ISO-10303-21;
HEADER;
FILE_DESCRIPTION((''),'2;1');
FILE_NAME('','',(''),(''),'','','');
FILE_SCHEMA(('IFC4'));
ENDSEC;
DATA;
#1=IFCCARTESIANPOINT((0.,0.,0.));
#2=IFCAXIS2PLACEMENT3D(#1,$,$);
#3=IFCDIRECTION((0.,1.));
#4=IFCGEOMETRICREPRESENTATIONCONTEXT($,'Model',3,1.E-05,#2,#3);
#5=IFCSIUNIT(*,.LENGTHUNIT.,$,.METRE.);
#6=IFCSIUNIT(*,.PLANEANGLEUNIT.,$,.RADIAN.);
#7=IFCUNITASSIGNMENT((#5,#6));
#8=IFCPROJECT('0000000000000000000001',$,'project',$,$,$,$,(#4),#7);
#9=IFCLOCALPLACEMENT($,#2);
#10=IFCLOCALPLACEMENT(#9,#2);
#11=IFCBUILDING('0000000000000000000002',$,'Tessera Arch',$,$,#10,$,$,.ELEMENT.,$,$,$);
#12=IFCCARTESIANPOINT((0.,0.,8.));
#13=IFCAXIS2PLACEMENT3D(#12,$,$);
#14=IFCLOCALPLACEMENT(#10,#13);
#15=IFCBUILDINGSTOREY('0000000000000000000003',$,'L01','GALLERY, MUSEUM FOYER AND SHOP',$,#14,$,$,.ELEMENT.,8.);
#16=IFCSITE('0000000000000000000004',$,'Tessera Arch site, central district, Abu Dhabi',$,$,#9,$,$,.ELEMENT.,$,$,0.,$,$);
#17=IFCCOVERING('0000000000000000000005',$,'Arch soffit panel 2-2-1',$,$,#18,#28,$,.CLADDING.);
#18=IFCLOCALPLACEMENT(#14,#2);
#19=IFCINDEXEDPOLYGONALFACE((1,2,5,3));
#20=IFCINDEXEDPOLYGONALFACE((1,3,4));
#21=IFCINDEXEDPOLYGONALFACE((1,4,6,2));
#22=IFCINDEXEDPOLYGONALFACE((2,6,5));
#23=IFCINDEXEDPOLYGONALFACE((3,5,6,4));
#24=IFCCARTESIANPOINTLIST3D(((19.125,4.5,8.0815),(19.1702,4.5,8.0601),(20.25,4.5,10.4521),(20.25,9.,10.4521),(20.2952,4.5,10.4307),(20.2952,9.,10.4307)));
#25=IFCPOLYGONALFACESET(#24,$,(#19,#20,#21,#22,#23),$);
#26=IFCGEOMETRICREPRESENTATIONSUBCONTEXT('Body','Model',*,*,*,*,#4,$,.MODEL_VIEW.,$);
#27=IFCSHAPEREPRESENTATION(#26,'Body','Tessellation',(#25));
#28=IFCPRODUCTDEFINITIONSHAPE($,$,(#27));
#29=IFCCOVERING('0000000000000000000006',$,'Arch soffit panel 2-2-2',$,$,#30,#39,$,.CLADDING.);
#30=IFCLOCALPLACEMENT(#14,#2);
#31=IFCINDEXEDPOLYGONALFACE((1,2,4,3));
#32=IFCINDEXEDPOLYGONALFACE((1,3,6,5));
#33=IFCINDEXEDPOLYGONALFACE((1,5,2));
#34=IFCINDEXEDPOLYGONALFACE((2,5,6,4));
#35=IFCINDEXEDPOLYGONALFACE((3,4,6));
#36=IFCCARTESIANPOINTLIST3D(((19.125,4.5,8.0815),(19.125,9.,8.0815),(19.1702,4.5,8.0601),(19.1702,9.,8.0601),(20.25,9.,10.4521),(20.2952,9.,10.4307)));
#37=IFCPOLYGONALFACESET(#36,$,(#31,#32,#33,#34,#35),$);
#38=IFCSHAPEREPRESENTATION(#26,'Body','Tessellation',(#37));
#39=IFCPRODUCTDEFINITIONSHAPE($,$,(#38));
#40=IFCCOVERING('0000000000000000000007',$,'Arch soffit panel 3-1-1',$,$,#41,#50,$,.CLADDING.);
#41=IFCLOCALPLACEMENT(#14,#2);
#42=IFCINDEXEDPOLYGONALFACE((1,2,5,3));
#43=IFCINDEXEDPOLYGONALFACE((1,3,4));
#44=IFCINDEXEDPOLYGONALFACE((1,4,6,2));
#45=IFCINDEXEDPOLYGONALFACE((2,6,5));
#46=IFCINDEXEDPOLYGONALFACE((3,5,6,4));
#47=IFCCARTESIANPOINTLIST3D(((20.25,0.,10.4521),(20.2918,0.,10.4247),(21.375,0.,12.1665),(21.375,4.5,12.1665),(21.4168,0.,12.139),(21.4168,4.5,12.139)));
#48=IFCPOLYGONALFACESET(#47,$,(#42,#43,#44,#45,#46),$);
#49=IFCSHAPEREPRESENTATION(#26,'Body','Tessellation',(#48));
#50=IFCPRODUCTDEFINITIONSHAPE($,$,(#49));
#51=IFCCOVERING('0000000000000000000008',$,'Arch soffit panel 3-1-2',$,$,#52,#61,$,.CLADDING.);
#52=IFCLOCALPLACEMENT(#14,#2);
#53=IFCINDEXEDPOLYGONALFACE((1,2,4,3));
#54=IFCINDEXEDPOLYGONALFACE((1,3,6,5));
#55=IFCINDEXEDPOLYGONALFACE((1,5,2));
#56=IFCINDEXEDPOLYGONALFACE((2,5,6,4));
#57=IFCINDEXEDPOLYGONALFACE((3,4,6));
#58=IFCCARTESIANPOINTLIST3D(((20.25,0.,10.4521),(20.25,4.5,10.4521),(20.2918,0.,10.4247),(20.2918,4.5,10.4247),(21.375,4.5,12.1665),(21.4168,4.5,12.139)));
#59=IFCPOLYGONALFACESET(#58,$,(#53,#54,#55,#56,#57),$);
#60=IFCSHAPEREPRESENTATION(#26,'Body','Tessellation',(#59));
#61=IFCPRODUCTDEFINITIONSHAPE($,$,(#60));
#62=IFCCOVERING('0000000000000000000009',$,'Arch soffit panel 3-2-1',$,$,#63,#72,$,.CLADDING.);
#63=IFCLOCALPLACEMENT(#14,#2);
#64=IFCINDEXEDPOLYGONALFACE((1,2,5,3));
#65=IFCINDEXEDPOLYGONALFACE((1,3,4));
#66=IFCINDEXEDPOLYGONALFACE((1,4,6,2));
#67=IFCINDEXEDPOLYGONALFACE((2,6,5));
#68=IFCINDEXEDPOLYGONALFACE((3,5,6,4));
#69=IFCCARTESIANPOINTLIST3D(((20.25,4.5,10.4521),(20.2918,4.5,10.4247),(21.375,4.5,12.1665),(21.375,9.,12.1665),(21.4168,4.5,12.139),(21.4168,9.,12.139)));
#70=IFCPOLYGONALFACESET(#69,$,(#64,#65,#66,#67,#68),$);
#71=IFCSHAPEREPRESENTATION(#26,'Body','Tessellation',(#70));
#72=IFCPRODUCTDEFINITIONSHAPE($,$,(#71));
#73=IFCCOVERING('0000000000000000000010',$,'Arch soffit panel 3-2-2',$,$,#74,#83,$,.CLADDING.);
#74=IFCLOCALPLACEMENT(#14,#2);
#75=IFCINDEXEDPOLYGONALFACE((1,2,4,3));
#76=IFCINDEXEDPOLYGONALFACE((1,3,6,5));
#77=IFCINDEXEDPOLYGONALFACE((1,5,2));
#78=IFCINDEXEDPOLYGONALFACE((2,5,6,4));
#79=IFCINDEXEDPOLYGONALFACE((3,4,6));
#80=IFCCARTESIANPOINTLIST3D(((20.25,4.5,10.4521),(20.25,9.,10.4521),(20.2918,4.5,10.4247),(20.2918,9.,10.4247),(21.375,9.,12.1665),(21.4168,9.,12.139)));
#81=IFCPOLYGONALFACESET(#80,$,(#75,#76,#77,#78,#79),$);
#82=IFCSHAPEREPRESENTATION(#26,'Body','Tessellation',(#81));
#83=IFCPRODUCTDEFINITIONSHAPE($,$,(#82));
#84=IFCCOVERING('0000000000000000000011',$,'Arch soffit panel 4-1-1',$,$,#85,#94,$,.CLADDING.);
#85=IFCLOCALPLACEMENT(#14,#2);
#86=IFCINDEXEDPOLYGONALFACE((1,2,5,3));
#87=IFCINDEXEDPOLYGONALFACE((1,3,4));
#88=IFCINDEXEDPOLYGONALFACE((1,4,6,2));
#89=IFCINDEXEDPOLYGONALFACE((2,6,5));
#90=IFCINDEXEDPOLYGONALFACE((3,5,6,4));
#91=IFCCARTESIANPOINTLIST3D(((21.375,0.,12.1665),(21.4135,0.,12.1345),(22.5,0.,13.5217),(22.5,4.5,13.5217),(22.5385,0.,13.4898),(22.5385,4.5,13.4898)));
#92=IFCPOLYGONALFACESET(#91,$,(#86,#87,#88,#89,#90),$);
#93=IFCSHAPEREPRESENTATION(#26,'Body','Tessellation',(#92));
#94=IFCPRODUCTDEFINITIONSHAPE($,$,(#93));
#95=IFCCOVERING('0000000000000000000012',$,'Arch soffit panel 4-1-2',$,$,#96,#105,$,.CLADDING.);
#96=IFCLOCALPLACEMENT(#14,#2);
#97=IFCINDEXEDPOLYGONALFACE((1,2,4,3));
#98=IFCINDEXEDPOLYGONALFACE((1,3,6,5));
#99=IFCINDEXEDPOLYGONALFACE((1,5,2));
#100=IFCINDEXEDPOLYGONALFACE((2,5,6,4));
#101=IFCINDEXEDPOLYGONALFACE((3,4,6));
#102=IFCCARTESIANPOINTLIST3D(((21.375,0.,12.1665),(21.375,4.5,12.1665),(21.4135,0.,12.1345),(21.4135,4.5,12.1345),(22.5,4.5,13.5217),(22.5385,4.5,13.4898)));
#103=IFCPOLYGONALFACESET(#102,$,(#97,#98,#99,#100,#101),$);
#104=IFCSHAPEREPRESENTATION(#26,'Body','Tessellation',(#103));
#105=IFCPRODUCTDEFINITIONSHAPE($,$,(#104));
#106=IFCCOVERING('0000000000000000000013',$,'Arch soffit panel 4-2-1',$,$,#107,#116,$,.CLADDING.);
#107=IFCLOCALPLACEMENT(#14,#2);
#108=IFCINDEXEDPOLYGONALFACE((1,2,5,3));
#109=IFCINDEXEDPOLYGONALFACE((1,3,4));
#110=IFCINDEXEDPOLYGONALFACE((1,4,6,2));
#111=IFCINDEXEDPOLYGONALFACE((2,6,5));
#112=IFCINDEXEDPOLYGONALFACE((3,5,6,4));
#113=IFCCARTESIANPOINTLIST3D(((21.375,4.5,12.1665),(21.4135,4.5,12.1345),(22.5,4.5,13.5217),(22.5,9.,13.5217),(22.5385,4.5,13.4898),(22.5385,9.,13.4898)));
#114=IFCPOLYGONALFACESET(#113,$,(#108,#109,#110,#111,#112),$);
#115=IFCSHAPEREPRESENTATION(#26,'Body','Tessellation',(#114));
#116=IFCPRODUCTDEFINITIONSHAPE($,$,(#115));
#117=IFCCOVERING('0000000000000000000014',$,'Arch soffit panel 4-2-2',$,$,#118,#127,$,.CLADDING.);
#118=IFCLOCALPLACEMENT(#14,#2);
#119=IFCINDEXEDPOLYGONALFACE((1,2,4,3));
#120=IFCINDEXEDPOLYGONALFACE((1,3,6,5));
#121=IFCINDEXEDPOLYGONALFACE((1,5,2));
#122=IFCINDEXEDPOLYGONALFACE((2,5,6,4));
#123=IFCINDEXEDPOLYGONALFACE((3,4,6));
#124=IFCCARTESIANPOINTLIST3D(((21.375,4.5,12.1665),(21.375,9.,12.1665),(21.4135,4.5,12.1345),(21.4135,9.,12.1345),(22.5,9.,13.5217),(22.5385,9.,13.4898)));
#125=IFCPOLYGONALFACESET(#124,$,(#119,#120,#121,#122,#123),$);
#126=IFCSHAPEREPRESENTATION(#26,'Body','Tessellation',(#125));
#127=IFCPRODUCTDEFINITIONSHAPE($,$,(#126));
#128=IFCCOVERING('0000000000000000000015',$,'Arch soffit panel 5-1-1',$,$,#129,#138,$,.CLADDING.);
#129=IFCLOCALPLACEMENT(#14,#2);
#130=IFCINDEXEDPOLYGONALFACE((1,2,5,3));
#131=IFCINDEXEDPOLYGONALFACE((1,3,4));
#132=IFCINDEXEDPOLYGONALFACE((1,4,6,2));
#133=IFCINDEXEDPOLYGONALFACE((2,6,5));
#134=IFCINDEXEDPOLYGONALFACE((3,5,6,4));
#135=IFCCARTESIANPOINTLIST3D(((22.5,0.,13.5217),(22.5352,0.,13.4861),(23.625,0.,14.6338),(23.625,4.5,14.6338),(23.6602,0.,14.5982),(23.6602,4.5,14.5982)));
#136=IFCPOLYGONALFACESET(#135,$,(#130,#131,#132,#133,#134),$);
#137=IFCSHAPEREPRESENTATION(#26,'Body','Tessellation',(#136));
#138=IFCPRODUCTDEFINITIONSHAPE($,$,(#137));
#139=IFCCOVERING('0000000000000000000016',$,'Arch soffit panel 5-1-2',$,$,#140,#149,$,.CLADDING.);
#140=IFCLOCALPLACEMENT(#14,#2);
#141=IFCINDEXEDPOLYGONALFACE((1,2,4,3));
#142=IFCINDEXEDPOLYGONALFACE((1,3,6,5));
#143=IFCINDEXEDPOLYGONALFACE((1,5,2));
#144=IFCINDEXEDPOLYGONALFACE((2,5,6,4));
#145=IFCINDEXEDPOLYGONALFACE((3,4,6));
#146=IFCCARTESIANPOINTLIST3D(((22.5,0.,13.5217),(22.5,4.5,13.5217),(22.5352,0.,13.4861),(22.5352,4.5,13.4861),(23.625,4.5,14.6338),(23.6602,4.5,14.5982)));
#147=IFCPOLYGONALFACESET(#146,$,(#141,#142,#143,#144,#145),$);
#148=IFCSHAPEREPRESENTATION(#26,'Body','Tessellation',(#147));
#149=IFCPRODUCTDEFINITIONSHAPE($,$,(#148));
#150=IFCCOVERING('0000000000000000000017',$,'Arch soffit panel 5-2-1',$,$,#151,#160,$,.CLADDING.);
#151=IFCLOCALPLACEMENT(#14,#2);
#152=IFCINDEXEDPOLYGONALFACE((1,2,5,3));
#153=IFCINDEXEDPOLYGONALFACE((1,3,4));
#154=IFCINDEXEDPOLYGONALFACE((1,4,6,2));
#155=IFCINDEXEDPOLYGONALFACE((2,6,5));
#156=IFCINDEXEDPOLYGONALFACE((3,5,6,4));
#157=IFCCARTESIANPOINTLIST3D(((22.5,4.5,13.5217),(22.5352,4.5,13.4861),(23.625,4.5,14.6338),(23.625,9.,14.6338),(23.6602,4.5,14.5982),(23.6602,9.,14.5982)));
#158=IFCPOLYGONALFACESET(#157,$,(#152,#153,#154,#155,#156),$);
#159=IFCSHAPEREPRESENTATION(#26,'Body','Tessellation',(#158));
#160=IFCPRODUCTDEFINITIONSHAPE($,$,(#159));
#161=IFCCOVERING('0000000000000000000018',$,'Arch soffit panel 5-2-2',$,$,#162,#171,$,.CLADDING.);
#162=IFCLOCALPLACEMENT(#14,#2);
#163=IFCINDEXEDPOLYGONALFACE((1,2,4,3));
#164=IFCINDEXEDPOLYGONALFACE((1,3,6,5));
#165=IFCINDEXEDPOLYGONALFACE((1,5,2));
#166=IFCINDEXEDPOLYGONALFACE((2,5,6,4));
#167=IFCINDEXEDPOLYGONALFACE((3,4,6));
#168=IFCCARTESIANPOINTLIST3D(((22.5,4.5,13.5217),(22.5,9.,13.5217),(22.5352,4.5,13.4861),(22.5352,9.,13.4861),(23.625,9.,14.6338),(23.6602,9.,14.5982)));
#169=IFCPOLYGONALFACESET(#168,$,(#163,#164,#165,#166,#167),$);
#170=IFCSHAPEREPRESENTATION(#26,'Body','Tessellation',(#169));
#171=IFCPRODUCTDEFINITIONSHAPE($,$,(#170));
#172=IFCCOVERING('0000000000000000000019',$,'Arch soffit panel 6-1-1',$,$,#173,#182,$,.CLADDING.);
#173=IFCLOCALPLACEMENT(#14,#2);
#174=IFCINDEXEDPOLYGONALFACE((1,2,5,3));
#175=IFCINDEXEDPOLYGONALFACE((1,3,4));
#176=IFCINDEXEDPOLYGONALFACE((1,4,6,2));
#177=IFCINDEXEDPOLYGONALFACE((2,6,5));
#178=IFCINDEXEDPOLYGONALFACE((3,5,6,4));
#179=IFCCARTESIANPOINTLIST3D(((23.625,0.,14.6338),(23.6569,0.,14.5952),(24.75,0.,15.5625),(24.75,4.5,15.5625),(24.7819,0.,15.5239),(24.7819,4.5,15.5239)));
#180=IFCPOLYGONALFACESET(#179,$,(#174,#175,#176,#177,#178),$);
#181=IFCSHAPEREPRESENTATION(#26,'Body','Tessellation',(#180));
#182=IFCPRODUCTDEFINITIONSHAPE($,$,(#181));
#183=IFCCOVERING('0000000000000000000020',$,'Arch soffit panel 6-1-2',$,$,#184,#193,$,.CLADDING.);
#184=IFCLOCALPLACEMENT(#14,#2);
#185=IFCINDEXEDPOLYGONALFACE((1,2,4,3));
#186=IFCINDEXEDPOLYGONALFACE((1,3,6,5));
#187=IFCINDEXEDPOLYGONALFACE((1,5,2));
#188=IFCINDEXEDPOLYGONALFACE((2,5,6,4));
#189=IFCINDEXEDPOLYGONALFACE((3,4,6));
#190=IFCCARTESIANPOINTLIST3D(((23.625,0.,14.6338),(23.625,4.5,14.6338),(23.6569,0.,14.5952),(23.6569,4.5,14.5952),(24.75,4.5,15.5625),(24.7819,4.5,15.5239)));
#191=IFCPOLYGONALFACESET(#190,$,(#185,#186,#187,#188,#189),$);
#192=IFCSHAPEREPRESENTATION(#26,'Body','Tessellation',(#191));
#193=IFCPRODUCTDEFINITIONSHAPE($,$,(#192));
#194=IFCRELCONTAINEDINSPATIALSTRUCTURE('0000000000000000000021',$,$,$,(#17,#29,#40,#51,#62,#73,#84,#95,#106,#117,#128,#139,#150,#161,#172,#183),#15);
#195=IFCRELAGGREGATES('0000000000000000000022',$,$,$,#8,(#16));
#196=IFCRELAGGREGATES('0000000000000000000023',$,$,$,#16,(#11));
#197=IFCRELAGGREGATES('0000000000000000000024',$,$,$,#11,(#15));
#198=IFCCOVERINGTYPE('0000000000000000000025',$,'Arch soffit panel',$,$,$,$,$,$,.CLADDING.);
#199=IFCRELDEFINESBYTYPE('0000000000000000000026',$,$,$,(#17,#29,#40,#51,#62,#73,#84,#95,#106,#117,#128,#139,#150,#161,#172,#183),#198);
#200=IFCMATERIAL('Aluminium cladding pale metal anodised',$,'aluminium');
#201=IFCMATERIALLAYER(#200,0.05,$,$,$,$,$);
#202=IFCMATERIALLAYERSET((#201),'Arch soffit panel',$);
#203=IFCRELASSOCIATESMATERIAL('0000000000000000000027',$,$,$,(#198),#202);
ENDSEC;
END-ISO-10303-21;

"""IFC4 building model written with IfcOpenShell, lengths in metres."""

from ifc_helpers import new_model, si_unit, direction, frame, origin, place, context, subcontext, project, spatial, polyline, outline, extrude, material, layer, layer_set, type_object, element, save


model = new_model("IFC4")

# Units and contexts
model_context = context("Model", 3, precision=1e-05, world=origin(), true_north=direction((0.0, 1.0)))
body_context = subcontext(model_context, "Body", "Model", "MODEL_VIEW")
ifc_project = project(units=[si_unit("LENGTHUNIT", "METRE"), si_unit("PLANEANGLEUNIT", "RADIAN")], contexts=[model_context])

# Site, building, storey
site_placement = place(None, origin())
site = spatial("IfcSite", under=ifc_project, at=site_placement, Name="Tessera Arch site, central district, Abu Dhabi", CompositionType="ELEMENT", RefElevation=0.0)
building_placement = place(site_placement, origin())
building = spatial("IfcBuilding", under=site, at=building_placement, Name="Tessera Arch", CompositionType="ELEMENT")
storey_placement = place(building_placement, frame((0.0, 0.0, 8.0)))
storey = spatial("IfcBuildingStorey", under=building, at=storey_placement, Name="L01", Description="GALLERY, MUSEUM FOYER AND SHOP", CompositionType="ELEMENT", Elevation=8.0)

# Coverings
ifc_material = material(Name="Aluminium cladding pale metal anodised", Category="aluminium")
ifc_layer = layer(ifc_material, 0.05)
ifc_layer_set = layer_set([ifc_layer], Name="Arch soffit panel")
covering_type = type_object("IfcCoveringType", Name="Arch soffit panel", PredefinedType="CLADDING", material=ifc_layer_set)
covering_1_placement = place(storey_placement, frame((19.125, 4.5, 8.0815), z_axis=(-0.903431, 0.0, 0.428734), x_axis=(0.428734, 0.0, 0.903431)))
element("IfcCovering", 1, at=covering_1_placement, inside=storey, type_object=covering_type, Name="Arch soffit panel 2-2-1", PredefinedType="CLADDING", context=body_context, shape_type="SweptSolid", body=[
    extrude(outline(polyline([(0.0, 0.0), (2.624, 0.0), (2.624, 4.5), (0.0, 0.0)])), origin(), (0.0, 0.0, -1.0), 0.05),
])
covering_2_placement = place(storey_placement, frame((19.125, 4.5, 8.0815), z_axis=(-0.903431, 0.0, 0.428734), x_axis=(0.215966, 0.863862, 0.455084)))
element("IfcCovering", 2, at=covering_2_placement, inside=storey, type_object=covering_type, Name="Arch soffit panel 2-2-2", PredefinedType="CLADDING", context=body_context, shape_type="SweptSolid", body=[
    extrude(outline(polyline([(0.0, 0.0), (5.2092, 0.0), (3.8874, 2.2668), (0.0, 0.0)])), origin(), (0.0, 0.0, -1.0), 0.05),
])
covering_3_placement = place(storey_placement, frame((20.25, 0.0, 10.4521), z_axis=(-0.836058, 0.0, 0.548641), x_axis=(0.548641, 0.0, 0.836058)))
element("IfcCovering", 3, at=covering_3_placement, inside=storey, type_object=covering_type, Name="Arch soffit panel 3-1-1", PredefinedType="CLADDING", context=body_context, shape_type="SweptSolid", body=[
    extrude(outline(polyline([(0.0, 0.0), (2.0505, 0.0), (2.0505, 4.5), (0.0, 0.0)])), origin(), (0.0, 0.0, -1.0), 0.05),
])
covering_4_placement = place(storey_placement, frame((20.25, 0.0, 10.4521), z_axis=(-0.836058, 0.0, 0.548641), x_axis=(0.227495, 0.90998, 0.346673)))
element("IfcCovering", 4, at=covering_4_placement, inside=storey, type_object=covering_type, Name="Arch soffit panel 3-1-2", PredefinedType="CLADDING", context=body_context, shape_type="SweptSolid", body=[
    extrude(outline(polyline([(0.0, 0.0), (4.9452, 0.0), (4.0949, 1.8659), (0.0, 0.0)])), origin(), (0.0, 0.0, -1.0), 0.05),
])
covering_5_placement = place(storey_placement, frame((20.25, 4.5, 10.4521), z_axis=(-0.836058, 0.0, 0.548641), x_axis=(0.548641, 0.0, 0.836058)))
element("IfcCovering", 5, at=covering_5_placement, inside=storey, type_object=covering_type, Name="Arch soffit panel 3-2-1", PredefinedType="CLADDING", context=body_context, shape_type="SweptSolid", body=[
    extrude(outline(polyline([(0.0, 0.0), (2.0505, 0.0), (2.0505, 4.5), (0.0, 0.0)])), origin(), (0.0, 0.0, -1.0), 0.05),
])
covering_6_placement = place(storey_placement, frame((20.25, 4.5, 10.4521), z_axis=(-0.836058, 0.0, 0.548641), x_axis=(0.227495, 0.90998, 0.346673)))
element("IfcCovering", 6, at=covering_6_placement, inside=storey, type_object=covering_type, Name="Arch soffit panel 3-2-2", PredefinedType="CLADDING", context=body_context, shape_type="SweptSolid", body=[
    extrude(outline(polyline([(0.0, 0.0), (4.9452, 0.0), (4.0949, 1.8659), (0.0, 0.0)])), origin(), (0.0, 0.0, -1.0), 0.05),
])
covering_7_placement = place(storey_placement, frame((21.375, 0.0, 12.1665), z_axis=(-0.769436, 0.0, 0.638724), x_axis=(0.638724, 0.0, 0.769436)))
element("IfcCovering", 7, at=covering_7_placement, inside=storey, type_object=covering_type, Name="Arch soffit panel 4-1-1", PredefinedType="CLADDING", context=body_context, shape_type="SweptSolid", body=[
    extrude(outline(polyline([(0.0, 0.0), (1.7613, 0.0), (1.7613, 4.5), (0.0, 0.0)])), origin(), (0.0, 0.0, -1.0), 0.05),
])
covering_8_placement = place(storey_placement, frame((21.375, 0.0, 12.1665), z_axis=(-0.769436, 0.0, 0.638724), x_axis=(0.232803, 0.931211, 0.280444)))
element("IfcCovering", 8, at=covering_8_placement, inside=storey, type_object=covering_type, Name="Arch soffit panel 4-1-2", PredefinedType="CLADDING", context=body_context, shape_type="SweptSolid", body=[
    extrude(outline(polyline([(0.0, 0.0), (4.8324, 0.0), (4.1904, 1.6402), (0.0, 0.0)])), origin(), (0.0, 0.0, -1.0), 0.05),
])
covering_9_placement = place(storey_placement, frame((21.375, 4.5, 12.1665), z_axis=(-0.769436, 0.0, 0.638724), x_axis=(0.638724, 0.0, 0.769436)))
element("IfcCovering", 9, at=covering_9_placement, inside=storey, type_object=covering_type, Name="Arch soffit panel 4-2-1", PredefinedType="CLADDING", context=body_context, shape_type="SweptSolid", body=[
    extrude(outline(polyline([(0.0, 0.0), (1.7613, 0.0), (1.7613, 4.5), (0.0, 0.0)])), origin(), (0.0, 0.0, -1.0), 0.05),
])
covering_10_placement = place(storey_placement, frame((21.375, 4.5, 12.1665), z_axis=(-0.769436, 0.0, 0.638724), x_axis=(0.232803, 0.931211, 0.280444)))
element("IfcCovering", 10, at=covering_10_placement, inside=storey, type_object=covering_type, Name="Arch soffit panel 4-2-2", PredefinedType="CLADDING", context=body_context, shape_type="SweptSolid", body=[
    extrude(outline(polyline([(0.0, 0.0), (4.8324, 0.0), (4.1904, 1.6402), (0.0, 0.0)])), origin(), (0.0, 0.0, -1.0), 0.05),
])
covering_11_placement = place(storey_placement, frame((22.5, 0.0, 13.5217), z_axis=(-0.703005, 0.0, 0.711185), x_axis=(0.711185, 0.0, 0.703005)))
element("IfcCovering", 11, at=covering_11_placement, inside=storey, type_object=covering_type, Name="Arch soffit panel 5-1-1", PredefinedType="CLADDING", context=body_context, shape_type="SweptSolid", body=[
    extrude(outline(polyline([(0.0, 0.0), (1.5819, 0.0), (1.5819, 4.5), (0.0, 0.0)])), origin(), (0.0, 0.0, -1.0), 0.05),
])
covering_12_placement = place(storey_placement, frame((22.5, 0.0, 13.5217), z_axis=(-0.703005, 0.0, 0.711185), x_axis=(0.235852, 0.943409, 0.233139)))
element("IfcCovering", 12, at=covering_12_placement, inside=storey, type_object=covering_type, Name="Arch soffit panel 5-1-2", PredefinedType="CLADDING", context=body_context, shape_type="SweptSolid", body=[
    extrude(outline(polyline([(0.0, 0.0), (4.7699, 0.0), (4.2453, 1.4923), (0.0, 0.0)])), origin(), (0.0, 0.0, -1.0), 0.05),
])
covering_13_placement = place(storey_placement, frame((22.5, 4.5, 13.5217), z_axis=(-0.703005, 0.0, 0.711185), x_axis=(0.711185, 0.0, 0.703005)))
element("IfcCovering", 13, at=covering_13_placement, inside=storey, type_object=covering_type, Name="Arch soffit panel 5-2-1", PredefinedType="CLADDING", context=body_context, shape_type="SweptSolid", body=[
    extrude(outline(polyline([(0.0, 0.0), (1.5819, 0.0), (1.5819, 4.5), (0.0, 0.0)])), origin(), (0.0, 0.0, -1.0), 0.05),
])
covering_14_placement = place(storey_placement, frame((22.5, 4.5, 13.5217), z_axis=(-0.703005, 0.0, 0.711185), x_axis=(0.235852, 0.943409, 0.233139)))
element("IfcCovering", 14, at=covering_14_placement, inside=storey, type_object=covering_type, Name="Arch soffit panel 5-2-2", PredefinedType="CLADDING", context=body_context, shape_type="SweptSolid", body=[
    extrude(outline(polyline([(0.0, 0.0), (4.7699, 0.0), (4.2453, 1.4923), (0.0, 0.0)])), origin(), (0.0, 0.0, -1.0), 0.05),
])
covering_15_placement = place(storey_placement, frame((23.625, 0.0, 14.6338), z_axis=(-0.636622, 0.0, 0.771176), x_axis=(0.771176, 0.0, 0.636622)))
element("IfcCovering", 15, at=covering_15_placement, inside=storey, type_object=covering_type, Name="Arch soffit panel 6-1-1", PredefinedType="CLADDING", context=body_context, shape_type="SweptSolid", body=[
    extrude(outline(polyline([(0.0, 0.0), (1.4588, 0.0), (1.4588, 4.5), (0.0, 0.0)])), origin(), (0.0, 0.0, -1.0), 0.05),
])
covering_16_placement = place(storey_placement, frame((23.625, 0.0, 14.6338), z_axis=(-0.636622, 0.0, 0.771176), x_axis=(0.237816, 0.951263, 0.196322)))
element("IfcCovering", 16, at=covering_16_placement, inside=storey, type_object=covering_type, Name="Arch soffit panel 6-1-2", PredefinedType="CLADDING", context=body_context, shape_type="SweptSolid", body=[
    extrude(outline(polyline([(0.0, 0.0), (4.7306, 0.0), (4.2807, 1.3877), (0.0, 0.0)])), origin(), (0.0, 0.0, -1.0), 0.05),
])

save(model, "model.ifc")
